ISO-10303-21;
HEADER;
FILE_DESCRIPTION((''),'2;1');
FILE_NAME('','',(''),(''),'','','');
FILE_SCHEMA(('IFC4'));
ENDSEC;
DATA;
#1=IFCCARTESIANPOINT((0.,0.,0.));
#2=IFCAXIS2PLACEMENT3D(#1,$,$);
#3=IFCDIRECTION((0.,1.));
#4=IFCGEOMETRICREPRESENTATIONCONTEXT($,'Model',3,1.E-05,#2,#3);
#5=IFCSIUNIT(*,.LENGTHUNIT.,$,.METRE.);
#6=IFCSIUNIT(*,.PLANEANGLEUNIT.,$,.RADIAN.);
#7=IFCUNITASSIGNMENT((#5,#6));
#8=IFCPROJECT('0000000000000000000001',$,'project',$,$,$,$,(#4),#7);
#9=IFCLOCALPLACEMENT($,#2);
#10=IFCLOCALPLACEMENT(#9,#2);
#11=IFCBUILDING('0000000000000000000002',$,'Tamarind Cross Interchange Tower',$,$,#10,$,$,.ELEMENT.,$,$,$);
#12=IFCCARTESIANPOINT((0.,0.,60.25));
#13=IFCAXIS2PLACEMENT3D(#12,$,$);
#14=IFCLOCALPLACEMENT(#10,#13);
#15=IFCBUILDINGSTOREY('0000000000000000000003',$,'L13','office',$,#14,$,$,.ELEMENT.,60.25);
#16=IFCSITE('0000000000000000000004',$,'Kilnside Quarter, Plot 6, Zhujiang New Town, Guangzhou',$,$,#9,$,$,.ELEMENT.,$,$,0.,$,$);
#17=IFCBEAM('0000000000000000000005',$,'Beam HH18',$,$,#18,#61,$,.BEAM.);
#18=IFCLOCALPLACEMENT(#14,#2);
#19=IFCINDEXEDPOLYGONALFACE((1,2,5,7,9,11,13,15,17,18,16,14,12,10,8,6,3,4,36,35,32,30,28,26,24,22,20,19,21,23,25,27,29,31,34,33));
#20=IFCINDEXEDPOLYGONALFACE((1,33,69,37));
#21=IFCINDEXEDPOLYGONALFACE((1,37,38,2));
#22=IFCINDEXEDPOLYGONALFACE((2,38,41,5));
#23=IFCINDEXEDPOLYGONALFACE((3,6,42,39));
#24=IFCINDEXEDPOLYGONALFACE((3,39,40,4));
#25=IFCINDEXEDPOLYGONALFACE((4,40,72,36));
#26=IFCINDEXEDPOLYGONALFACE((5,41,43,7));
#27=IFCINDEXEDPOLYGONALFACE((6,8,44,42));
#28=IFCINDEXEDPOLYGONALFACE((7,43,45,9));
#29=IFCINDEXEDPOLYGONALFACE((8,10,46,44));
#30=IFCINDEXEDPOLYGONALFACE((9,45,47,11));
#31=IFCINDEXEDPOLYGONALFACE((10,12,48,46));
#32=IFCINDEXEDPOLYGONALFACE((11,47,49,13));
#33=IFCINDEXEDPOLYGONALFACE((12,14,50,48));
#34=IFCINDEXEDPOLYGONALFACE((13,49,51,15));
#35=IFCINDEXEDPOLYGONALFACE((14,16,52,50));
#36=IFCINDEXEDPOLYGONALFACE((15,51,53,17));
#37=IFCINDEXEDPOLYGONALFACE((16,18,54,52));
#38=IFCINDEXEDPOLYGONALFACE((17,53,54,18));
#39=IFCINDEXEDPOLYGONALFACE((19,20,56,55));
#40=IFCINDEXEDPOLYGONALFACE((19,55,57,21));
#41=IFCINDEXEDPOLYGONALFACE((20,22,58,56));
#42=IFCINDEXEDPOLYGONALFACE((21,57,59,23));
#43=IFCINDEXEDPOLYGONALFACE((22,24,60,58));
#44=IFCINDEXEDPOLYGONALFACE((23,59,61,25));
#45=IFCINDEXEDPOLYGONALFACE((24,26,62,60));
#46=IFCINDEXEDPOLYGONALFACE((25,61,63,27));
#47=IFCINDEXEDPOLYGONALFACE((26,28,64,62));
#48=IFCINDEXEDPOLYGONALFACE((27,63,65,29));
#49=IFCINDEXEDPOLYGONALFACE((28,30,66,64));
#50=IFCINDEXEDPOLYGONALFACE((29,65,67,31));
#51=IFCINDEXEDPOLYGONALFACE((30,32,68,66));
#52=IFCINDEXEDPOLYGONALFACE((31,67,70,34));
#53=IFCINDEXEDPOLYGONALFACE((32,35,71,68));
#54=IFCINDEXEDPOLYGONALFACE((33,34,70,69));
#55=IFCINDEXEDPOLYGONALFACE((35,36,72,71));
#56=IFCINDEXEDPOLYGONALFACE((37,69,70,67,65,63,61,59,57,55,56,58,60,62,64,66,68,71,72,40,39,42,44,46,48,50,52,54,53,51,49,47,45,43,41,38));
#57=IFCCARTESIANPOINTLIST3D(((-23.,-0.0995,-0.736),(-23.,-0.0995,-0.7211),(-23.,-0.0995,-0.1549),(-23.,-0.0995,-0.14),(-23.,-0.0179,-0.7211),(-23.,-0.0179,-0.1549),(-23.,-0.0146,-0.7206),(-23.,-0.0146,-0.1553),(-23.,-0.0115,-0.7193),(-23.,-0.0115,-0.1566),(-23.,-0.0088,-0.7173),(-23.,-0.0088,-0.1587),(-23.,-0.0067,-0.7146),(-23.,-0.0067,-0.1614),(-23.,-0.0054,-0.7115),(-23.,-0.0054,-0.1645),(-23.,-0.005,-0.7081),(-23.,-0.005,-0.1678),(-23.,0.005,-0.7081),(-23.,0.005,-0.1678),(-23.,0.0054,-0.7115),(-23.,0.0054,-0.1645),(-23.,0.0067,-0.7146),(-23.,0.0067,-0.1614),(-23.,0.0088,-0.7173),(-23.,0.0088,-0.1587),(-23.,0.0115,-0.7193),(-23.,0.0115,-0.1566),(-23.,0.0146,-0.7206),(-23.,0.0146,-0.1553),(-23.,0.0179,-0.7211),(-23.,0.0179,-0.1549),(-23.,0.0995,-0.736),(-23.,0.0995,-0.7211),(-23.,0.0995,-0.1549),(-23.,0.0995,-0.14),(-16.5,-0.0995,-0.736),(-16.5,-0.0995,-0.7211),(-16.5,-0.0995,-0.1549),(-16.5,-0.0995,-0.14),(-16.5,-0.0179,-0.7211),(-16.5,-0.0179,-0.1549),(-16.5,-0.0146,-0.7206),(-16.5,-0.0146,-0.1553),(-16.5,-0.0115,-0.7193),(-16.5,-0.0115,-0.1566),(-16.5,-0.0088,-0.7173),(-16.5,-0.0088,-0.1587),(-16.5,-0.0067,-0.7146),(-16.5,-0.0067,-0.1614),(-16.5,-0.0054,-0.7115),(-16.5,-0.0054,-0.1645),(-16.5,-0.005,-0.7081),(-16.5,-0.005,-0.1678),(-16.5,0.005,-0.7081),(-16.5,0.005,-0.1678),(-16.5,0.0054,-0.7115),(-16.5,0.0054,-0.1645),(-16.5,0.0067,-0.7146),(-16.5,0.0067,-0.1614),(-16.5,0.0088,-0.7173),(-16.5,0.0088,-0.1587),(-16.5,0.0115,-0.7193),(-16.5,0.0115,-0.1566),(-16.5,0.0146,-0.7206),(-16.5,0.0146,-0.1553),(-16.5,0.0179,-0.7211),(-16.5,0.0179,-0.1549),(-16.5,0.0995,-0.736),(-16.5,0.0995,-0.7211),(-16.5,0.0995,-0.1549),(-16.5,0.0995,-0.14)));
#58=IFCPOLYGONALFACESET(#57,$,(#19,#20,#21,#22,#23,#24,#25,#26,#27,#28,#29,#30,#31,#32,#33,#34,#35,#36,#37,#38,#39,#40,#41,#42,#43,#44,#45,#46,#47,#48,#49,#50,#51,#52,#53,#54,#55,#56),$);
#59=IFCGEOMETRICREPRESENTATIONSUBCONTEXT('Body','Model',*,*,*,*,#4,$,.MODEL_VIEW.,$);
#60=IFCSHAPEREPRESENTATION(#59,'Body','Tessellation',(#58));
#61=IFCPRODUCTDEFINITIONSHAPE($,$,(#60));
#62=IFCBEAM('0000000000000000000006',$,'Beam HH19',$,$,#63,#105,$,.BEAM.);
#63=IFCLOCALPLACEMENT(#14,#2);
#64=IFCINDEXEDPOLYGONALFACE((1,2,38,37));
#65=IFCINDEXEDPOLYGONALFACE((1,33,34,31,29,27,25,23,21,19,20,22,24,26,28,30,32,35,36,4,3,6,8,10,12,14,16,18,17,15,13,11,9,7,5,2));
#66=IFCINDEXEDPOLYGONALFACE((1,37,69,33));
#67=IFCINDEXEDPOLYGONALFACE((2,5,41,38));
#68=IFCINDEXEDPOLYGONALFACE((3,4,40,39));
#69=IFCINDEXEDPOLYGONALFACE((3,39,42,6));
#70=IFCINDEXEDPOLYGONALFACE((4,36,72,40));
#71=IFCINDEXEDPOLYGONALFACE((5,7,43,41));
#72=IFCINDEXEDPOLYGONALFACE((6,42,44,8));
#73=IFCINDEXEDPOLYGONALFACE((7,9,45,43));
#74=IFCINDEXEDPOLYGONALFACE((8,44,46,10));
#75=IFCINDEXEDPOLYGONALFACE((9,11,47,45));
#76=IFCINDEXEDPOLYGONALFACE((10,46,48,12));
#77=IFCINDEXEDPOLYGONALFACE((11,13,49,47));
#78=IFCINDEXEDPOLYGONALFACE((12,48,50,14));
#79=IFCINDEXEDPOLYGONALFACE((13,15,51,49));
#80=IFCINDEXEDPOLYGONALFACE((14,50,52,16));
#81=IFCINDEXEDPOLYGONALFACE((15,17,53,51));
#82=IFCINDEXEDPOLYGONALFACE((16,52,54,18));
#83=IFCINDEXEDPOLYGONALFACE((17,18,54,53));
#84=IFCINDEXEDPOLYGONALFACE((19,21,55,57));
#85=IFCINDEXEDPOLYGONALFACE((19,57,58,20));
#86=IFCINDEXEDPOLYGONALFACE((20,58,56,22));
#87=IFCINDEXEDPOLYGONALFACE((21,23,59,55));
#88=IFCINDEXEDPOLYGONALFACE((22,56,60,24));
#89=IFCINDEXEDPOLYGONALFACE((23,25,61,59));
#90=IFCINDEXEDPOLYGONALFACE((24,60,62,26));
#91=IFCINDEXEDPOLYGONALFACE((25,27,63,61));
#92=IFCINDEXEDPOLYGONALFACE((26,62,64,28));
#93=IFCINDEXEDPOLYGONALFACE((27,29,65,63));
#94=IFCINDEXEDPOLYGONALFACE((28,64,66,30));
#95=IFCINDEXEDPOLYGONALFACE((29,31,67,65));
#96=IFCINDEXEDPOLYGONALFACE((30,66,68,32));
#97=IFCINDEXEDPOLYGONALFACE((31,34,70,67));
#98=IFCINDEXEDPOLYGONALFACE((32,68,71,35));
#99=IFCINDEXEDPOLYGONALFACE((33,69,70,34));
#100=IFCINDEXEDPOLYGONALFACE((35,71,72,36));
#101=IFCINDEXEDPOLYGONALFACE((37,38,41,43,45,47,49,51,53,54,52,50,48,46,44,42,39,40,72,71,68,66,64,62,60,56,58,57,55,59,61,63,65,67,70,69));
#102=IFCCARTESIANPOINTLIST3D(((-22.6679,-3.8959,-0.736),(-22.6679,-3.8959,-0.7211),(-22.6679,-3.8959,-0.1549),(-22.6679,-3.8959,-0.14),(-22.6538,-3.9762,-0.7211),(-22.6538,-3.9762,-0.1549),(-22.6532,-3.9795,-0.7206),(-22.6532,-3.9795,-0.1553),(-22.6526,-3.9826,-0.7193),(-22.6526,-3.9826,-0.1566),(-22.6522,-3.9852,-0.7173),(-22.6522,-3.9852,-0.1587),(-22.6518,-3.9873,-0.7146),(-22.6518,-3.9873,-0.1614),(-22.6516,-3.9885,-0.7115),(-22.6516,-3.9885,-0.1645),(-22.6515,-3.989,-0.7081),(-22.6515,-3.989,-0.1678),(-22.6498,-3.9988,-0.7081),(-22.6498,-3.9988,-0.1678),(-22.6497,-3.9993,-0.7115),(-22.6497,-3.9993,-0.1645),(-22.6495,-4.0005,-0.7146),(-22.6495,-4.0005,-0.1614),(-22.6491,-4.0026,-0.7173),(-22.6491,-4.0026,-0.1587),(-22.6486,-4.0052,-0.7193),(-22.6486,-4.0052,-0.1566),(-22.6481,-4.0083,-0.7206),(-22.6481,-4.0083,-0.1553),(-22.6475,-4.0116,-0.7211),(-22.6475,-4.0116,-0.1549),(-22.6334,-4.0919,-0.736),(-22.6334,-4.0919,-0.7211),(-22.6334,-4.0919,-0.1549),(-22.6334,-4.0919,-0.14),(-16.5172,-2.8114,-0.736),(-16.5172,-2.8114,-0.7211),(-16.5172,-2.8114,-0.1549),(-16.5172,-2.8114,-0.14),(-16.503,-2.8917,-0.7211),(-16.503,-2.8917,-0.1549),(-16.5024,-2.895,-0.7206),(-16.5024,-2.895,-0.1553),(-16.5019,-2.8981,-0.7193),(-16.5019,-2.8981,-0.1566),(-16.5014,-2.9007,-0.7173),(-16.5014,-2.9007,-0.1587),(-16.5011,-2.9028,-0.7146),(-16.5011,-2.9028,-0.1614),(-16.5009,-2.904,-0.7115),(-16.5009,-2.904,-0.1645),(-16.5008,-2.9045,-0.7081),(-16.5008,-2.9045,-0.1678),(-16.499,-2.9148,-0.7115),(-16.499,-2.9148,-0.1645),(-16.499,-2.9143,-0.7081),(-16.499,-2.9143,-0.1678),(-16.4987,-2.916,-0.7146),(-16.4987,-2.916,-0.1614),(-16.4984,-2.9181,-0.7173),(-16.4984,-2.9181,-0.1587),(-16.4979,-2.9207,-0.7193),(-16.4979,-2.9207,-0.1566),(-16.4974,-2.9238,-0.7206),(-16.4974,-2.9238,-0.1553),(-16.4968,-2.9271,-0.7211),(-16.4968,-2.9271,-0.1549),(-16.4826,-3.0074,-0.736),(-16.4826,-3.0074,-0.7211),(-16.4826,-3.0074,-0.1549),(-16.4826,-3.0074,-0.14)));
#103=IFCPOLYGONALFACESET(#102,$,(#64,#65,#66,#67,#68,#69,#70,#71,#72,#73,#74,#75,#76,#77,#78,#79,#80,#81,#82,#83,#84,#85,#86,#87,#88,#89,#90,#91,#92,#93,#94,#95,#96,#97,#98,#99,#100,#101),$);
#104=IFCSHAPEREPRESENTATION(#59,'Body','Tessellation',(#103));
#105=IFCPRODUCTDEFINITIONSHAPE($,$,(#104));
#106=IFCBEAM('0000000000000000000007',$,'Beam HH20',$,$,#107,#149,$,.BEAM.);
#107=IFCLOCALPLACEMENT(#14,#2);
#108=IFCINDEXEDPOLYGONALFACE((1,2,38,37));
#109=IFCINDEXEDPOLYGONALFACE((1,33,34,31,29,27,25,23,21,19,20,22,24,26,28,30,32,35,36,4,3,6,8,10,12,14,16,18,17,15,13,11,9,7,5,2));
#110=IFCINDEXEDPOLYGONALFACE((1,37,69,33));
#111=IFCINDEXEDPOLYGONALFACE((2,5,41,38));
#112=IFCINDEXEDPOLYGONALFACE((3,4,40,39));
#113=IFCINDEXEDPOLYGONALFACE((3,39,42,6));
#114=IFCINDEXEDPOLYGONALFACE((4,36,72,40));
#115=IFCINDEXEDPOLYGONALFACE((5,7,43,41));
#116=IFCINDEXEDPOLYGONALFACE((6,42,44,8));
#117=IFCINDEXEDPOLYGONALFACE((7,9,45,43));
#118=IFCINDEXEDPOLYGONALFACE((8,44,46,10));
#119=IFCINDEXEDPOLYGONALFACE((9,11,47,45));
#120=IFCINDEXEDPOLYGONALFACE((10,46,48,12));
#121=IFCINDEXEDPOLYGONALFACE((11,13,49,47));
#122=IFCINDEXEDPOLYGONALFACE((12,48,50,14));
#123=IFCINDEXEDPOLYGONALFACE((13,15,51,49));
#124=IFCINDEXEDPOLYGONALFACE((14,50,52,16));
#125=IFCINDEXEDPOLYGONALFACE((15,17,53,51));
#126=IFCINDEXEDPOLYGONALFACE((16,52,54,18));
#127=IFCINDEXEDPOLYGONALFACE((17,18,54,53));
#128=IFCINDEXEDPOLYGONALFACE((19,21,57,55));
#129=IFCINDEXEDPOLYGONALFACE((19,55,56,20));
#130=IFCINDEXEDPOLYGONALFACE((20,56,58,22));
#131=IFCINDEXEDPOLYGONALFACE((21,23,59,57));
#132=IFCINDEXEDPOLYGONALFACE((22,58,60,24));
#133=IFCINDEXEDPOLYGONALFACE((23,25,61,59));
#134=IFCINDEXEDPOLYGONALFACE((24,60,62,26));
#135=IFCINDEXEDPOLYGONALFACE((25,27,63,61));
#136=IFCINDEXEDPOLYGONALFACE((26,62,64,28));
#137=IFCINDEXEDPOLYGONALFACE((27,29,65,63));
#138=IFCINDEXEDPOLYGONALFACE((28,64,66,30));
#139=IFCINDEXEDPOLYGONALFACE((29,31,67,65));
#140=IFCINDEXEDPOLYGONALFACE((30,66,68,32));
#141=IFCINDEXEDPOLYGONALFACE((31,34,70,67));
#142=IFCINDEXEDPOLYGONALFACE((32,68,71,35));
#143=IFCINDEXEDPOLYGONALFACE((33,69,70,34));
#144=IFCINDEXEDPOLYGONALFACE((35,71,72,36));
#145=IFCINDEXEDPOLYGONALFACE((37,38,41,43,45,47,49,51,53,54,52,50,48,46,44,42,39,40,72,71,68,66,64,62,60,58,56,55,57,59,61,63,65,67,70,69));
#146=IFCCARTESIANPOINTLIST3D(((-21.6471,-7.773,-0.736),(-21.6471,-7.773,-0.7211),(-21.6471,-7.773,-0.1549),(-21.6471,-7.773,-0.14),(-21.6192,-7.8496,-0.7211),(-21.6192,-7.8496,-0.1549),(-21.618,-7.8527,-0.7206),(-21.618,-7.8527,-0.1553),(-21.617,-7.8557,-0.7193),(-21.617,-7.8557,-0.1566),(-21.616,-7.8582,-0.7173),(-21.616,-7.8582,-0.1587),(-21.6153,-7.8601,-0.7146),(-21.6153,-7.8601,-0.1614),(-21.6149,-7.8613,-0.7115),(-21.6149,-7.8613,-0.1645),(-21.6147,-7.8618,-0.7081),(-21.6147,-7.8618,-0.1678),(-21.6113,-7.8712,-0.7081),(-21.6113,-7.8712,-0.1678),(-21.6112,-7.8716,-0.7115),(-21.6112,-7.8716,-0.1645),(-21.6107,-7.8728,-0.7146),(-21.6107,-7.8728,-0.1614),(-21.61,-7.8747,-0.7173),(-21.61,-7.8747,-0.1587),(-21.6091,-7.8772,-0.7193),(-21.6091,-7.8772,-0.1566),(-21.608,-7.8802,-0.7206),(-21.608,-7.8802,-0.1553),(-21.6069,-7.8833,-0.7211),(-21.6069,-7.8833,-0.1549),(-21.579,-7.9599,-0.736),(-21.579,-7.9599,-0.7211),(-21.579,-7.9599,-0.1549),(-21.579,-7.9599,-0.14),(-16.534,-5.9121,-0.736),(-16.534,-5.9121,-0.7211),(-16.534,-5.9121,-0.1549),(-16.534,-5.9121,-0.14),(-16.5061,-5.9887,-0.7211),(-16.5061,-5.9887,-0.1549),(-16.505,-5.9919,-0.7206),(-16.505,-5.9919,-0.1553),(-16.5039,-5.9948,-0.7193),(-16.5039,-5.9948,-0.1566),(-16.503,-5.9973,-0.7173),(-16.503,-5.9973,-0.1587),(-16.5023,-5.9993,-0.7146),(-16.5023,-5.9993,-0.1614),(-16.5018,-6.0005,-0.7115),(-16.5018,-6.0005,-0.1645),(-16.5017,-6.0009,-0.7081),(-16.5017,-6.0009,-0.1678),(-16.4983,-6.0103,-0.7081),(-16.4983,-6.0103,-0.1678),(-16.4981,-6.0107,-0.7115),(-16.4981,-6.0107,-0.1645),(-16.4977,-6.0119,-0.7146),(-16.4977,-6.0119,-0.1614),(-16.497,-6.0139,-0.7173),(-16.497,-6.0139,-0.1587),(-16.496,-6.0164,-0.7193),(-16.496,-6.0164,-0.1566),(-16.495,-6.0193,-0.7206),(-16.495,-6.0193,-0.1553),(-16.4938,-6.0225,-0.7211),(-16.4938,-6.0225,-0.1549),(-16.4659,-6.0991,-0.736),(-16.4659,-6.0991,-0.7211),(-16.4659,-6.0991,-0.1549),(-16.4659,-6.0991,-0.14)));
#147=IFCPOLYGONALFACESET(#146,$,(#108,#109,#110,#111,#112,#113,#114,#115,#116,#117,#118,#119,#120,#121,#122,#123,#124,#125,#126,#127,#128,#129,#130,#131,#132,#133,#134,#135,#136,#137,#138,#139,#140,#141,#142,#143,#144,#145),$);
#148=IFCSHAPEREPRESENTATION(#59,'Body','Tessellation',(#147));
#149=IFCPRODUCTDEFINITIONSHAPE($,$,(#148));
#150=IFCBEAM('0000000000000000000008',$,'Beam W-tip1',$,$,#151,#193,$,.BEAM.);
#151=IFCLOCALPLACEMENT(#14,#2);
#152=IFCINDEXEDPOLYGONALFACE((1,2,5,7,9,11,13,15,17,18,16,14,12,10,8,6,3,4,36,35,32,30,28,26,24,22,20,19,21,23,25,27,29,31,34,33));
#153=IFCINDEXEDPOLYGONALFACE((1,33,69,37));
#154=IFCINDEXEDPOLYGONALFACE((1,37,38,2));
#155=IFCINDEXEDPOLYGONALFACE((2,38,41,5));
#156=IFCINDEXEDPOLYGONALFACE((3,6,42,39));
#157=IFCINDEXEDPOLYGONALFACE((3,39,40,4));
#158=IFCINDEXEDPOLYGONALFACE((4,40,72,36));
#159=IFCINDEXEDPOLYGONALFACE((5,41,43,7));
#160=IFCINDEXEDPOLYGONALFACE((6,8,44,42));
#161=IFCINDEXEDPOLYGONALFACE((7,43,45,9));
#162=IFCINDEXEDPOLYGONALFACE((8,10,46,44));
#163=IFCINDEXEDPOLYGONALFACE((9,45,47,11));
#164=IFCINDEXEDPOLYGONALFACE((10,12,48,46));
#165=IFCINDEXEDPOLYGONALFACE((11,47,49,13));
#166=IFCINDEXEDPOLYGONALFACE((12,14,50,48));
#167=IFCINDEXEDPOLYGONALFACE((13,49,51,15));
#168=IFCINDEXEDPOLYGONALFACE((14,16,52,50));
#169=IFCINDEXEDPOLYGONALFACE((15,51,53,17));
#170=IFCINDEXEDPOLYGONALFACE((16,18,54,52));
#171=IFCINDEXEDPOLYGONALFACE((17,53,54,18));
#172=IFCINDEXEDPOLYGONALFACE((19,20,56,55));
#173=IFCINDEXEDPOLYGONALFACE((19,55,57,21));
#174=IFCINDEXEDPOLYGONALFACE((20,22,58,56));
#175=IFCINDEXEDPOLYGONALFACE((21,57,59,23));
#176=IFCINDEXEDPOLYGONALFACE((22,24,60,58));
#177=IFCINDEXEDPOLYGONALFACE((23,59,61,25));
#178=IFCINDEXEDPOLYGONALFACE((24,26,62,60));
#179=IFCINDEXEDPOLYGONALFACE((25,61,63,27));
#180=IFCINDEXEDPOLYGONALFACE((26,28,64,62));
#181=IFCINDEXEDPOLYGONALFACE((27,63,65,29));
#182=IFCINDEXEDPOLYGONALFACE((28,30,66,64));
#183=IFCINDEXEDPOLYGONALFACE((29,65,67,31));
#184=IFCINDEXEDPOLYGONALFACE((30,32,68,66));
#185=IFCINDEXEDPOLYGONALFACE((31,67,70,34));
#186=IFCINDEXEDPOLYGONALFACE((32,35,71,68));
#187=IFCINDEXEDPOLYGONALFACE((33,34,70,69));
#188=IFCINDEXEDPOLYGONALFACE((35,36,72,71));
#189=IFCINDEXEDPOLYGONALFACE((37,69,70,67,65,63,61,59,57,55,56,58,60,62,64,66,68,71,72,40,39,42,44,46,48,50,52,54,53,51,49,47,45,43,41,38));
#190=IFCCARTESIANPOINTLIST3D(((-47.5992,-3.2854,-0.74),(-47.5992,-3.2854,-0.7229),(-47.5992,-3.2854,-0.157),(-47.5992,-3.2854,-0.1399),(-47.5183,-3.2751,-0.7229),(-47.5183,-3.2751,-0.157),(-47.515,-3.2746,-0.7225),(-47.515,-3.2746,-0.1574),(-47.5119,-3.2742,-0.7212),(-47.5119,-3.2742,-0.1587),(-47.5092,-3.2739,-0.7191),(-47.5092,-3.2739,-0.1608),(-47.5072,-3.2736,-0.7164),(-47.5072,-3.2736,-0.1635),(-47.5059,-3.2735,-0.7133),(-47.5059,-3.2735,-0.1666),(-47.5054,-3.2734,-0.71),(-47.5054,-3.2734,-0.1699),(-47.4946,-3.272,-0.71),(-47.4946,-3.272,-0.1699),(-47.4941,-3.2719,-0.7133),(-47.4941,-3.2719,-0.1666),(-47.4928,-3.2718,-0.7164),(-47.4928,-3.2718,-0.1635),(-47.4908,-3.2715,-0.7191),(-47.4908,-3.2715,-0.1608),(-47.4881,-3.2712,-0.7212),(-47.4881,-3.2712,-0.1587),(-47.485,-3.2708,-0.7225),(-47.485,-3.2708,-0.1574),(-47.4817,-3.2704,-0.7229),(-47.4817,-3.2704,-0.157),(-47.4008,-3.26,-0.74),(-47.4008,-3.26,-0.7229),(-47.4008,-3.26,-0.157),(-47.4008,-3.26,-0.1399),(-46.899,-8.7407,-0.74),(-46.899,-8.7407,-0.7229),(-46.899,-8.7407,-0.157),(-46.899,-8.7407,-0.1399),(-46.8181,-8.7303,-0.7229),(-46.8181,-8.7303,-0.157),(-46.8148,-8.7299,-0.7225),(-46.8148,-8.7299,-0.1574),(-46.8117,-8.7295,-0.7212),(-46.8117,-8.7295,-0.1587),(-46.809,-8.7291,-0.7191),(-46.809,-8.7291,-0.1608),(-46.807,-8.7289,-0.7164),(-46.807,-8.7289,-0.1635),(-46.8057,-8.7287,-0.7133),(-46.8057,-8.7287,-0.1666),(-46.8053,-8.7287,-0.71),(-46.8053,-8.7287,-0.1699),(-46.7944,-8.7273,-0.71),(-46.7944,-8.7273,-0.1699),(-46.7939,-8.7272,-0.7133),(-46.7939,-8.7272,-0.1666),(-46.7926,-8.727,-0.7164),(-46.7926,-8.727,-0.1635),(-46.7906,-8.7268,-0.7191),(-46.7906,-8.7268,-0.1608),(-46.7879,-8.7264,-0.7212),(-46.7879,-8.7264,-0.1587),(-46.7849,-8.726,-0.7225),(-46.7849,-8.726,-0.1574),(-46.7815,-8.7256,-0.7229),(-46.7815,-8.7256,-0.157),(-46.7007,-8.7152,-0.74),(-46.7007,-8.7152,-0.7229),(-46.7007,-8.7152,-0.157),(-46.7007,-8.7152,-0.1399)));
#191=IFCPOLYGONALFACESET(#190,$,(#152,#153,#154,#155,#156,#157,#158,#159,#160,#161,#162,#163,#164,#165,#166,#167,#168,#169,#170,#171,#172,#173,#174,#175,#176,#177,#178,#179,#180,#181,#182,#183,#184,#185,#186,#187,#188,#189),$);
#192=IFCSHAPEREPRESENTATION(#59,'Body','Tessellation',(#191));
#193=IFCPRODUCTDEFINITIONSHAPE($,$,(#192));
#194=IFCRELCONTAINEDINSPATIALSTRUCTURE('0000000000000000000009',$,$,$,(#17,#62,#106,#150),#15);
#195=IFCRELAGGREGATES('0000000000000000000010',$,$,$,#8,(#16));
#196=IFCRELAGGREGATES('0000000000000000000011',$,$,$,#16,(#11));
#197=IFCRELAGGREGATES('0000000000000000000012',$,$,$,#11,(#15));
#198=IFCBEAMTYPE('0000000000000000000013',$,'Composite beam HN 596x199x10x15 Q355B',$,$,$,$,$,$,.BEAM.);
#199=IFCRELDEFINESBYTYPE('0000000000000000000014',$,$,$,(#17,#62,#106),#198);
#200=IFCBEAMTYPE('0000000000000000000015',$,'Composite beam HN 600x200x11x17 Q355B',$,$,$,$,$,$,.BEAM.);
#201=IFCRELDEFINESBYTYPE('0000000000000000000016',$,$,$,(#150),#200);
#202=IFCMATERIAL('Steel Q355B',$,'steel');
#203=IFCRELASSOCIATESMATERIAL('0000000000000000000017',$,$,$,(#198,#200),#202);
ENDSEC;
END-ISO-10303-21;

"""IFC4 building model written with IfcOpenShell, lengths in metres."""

from ifc_helpers import new_model, si_unit, direction, frame, origin, origin_2d, place, context, subcontext, project, spatial, i_section, extrude, material, material_profile, profile_set, type_object, element, save


model = new_model("IFC4")

# Units and contexts
model_context = context("Model", 3, precision=1e-05, world=origin(), true_north=direction((0.0, 1.0)))
body_context = subcontext(model_context, "Body", "Model", "MODEL_VIEW")
ifc_project = project(units=[si_unit("LENGTHUNIT", "METRE"), si_unit("PLANEANGLEUNIT", "RADIAN")], contexts=[model_context])

# Site, building, storey
site_placement = place(None, origin())
site = spatial("IfcSite", under=ifc_project, at=site_placement, Name="Kilnside Quarter, Plot 6, Zhujiang New Town, Guangzhou", CompositionType="ELEMENT", RefElevation=0.0)
building_placement = place(site_placement, origin())
building = spatial("IfcBuilding", under=site, at=building_placement, Name="Tamarind Cross Interchange Tower", CompositionType="ELEMENT")
storey_placement = place(building_placement, frame((0.0, 0.0, 60.25)))
storey = spatial("IfcBuildingStorey", under=building, at=storey_placement, Name="L13", Description="office", CompositionType="ELEMENT", Elevation=60.25)

# Beams
ifc_material_1 = material(Name="Steel Q355B", Category="steel")
ifc_material_profile_1 = material_profile(ifc_material_1, i_section(OverallWidth=0.199, OverallDepth=0.5959, WebThickness=0.01, FlangeThickness=0.0149, FilletRadius=0.0129, at=origin_2d()), Name="HN 596x199x10x15")
ifc_profile_set_1 = profile_set([ifc_material_profile_1], Name="Steel Q355B")
beam_type_1 = type_object("IfcBeamType", Name="Composite beam HN 596x199x10x15 Q355B", PredefinedType="BEAM", material=ifc_profile_set_1)
beam_1_placement = place(storey_placement, frame((-23.0, 0.0, -0.438), z_axis=(1.0, 0.0, 0.0), x_axis=(0.0, 1.0, 0.0)))
element("IfcBeam", 1, at=beam_1_placement, inside=storey, type_object=beam_type_1, Name="Beam HH18", PredefinedType="BEAM", context=body_context, shape_type="SweptSolid", body=[
    extrude(i_section(OverallWidth=0.199, OverallDepth=0.5959, WebThickness=0.01, FlangeThickness=0.0149, FilletRadius=0.0129, at=origin_2d()), origin(), (0.0, 0.0, 1.0), 6.5),
])
beam_2_placement = place(storey_placement, frame((-22.6506, -3.9939, -0.438), z_axis=(0.984809, 0.17364, 0.0), x_axis=(-0.17364, 0.984809, 0.0)))
element("IfcBeam", 2, at=beam_2_placement, inside=storey, type_object=beam_type_1, Name="Beam HH19", PredefinedType="BEAM", context=body_context, shape_type="SweptSolid", body=[
    extrude(i_section(OverallWidth=0.199, OverallDepth=0.5959, WebThickness=0.01, FlangeThickness=0.0149, FilletRadius=0.0129, at=origin_2d()), origin(), (0.0, 0.0, 1.0), 6.2456),
])
beam_3_placement = place(storey_placement, frame((-21.613, -7.8665, -0.438), z_axis=(0.939702, 0.341995, 0.0), x_axis=(-0.341995, 0.939702, 0.0)))
element("IfcBeam", 3, at=beam_3_placement, inside=storey, type_object=beam_type_1, Name="Beam HH20", PredefinedType="BEAM", context=body_context, shape_type="SweptSolid", body=[
    extrude(i_section(OverallWidth=0.199, OverallDepth=0.5959, WebThickness=0.01, FlangeThickness=0.0149, FilletRadius=0.0129, at=origin_2d()), origin(), (0.0, 0.0, 1.0), 5.4412),
])
ifc_material_profile_2 = material_profile(ifc_material_1, i_section(OverallWidth=0.2, OverallDepth=0.6001, WebThickness=0.011, FlangeThickness=0.0171, FilletRadius=0.0129, at=origin_2d()), Name="HN 600x200x11x17")
ifc_profile_set_2 = profile_set([ifc_material_profile_2], Name="Steel Q355B")
beam_type_2 = type_object("IfcBeamType", Name="Composite beam HN 600x200x11x17 Q355B", PredefinedType="BEAM", material=ifc_profile_set_2)
beam_4_placement = place(storey_placement, frame((-47.5, -3.2727, -0.4399), z_axis=(0.127307, -0.991863, 0.0), x_axis=(0.991863, 0.127307, 0.0)))
element("IfcBeam", 4, at=beam_4_placement, inside=storey, type_object=beam_type_2, Name="Beam W-tip1", PredefinedType="BEAM", context=body_context, shape_type="SweptSolid", body=[
    extrude(i_section(OverallWidth=0.2, OverallDepth=0.6001, WebThickness=0.011, FlangeThickness=0.0171, FilletRadius=0.0129, at=origin_2d()), origin(), (0.0, 0.0, 1.0), 5.5),
])

save(model, "model.ifc")
